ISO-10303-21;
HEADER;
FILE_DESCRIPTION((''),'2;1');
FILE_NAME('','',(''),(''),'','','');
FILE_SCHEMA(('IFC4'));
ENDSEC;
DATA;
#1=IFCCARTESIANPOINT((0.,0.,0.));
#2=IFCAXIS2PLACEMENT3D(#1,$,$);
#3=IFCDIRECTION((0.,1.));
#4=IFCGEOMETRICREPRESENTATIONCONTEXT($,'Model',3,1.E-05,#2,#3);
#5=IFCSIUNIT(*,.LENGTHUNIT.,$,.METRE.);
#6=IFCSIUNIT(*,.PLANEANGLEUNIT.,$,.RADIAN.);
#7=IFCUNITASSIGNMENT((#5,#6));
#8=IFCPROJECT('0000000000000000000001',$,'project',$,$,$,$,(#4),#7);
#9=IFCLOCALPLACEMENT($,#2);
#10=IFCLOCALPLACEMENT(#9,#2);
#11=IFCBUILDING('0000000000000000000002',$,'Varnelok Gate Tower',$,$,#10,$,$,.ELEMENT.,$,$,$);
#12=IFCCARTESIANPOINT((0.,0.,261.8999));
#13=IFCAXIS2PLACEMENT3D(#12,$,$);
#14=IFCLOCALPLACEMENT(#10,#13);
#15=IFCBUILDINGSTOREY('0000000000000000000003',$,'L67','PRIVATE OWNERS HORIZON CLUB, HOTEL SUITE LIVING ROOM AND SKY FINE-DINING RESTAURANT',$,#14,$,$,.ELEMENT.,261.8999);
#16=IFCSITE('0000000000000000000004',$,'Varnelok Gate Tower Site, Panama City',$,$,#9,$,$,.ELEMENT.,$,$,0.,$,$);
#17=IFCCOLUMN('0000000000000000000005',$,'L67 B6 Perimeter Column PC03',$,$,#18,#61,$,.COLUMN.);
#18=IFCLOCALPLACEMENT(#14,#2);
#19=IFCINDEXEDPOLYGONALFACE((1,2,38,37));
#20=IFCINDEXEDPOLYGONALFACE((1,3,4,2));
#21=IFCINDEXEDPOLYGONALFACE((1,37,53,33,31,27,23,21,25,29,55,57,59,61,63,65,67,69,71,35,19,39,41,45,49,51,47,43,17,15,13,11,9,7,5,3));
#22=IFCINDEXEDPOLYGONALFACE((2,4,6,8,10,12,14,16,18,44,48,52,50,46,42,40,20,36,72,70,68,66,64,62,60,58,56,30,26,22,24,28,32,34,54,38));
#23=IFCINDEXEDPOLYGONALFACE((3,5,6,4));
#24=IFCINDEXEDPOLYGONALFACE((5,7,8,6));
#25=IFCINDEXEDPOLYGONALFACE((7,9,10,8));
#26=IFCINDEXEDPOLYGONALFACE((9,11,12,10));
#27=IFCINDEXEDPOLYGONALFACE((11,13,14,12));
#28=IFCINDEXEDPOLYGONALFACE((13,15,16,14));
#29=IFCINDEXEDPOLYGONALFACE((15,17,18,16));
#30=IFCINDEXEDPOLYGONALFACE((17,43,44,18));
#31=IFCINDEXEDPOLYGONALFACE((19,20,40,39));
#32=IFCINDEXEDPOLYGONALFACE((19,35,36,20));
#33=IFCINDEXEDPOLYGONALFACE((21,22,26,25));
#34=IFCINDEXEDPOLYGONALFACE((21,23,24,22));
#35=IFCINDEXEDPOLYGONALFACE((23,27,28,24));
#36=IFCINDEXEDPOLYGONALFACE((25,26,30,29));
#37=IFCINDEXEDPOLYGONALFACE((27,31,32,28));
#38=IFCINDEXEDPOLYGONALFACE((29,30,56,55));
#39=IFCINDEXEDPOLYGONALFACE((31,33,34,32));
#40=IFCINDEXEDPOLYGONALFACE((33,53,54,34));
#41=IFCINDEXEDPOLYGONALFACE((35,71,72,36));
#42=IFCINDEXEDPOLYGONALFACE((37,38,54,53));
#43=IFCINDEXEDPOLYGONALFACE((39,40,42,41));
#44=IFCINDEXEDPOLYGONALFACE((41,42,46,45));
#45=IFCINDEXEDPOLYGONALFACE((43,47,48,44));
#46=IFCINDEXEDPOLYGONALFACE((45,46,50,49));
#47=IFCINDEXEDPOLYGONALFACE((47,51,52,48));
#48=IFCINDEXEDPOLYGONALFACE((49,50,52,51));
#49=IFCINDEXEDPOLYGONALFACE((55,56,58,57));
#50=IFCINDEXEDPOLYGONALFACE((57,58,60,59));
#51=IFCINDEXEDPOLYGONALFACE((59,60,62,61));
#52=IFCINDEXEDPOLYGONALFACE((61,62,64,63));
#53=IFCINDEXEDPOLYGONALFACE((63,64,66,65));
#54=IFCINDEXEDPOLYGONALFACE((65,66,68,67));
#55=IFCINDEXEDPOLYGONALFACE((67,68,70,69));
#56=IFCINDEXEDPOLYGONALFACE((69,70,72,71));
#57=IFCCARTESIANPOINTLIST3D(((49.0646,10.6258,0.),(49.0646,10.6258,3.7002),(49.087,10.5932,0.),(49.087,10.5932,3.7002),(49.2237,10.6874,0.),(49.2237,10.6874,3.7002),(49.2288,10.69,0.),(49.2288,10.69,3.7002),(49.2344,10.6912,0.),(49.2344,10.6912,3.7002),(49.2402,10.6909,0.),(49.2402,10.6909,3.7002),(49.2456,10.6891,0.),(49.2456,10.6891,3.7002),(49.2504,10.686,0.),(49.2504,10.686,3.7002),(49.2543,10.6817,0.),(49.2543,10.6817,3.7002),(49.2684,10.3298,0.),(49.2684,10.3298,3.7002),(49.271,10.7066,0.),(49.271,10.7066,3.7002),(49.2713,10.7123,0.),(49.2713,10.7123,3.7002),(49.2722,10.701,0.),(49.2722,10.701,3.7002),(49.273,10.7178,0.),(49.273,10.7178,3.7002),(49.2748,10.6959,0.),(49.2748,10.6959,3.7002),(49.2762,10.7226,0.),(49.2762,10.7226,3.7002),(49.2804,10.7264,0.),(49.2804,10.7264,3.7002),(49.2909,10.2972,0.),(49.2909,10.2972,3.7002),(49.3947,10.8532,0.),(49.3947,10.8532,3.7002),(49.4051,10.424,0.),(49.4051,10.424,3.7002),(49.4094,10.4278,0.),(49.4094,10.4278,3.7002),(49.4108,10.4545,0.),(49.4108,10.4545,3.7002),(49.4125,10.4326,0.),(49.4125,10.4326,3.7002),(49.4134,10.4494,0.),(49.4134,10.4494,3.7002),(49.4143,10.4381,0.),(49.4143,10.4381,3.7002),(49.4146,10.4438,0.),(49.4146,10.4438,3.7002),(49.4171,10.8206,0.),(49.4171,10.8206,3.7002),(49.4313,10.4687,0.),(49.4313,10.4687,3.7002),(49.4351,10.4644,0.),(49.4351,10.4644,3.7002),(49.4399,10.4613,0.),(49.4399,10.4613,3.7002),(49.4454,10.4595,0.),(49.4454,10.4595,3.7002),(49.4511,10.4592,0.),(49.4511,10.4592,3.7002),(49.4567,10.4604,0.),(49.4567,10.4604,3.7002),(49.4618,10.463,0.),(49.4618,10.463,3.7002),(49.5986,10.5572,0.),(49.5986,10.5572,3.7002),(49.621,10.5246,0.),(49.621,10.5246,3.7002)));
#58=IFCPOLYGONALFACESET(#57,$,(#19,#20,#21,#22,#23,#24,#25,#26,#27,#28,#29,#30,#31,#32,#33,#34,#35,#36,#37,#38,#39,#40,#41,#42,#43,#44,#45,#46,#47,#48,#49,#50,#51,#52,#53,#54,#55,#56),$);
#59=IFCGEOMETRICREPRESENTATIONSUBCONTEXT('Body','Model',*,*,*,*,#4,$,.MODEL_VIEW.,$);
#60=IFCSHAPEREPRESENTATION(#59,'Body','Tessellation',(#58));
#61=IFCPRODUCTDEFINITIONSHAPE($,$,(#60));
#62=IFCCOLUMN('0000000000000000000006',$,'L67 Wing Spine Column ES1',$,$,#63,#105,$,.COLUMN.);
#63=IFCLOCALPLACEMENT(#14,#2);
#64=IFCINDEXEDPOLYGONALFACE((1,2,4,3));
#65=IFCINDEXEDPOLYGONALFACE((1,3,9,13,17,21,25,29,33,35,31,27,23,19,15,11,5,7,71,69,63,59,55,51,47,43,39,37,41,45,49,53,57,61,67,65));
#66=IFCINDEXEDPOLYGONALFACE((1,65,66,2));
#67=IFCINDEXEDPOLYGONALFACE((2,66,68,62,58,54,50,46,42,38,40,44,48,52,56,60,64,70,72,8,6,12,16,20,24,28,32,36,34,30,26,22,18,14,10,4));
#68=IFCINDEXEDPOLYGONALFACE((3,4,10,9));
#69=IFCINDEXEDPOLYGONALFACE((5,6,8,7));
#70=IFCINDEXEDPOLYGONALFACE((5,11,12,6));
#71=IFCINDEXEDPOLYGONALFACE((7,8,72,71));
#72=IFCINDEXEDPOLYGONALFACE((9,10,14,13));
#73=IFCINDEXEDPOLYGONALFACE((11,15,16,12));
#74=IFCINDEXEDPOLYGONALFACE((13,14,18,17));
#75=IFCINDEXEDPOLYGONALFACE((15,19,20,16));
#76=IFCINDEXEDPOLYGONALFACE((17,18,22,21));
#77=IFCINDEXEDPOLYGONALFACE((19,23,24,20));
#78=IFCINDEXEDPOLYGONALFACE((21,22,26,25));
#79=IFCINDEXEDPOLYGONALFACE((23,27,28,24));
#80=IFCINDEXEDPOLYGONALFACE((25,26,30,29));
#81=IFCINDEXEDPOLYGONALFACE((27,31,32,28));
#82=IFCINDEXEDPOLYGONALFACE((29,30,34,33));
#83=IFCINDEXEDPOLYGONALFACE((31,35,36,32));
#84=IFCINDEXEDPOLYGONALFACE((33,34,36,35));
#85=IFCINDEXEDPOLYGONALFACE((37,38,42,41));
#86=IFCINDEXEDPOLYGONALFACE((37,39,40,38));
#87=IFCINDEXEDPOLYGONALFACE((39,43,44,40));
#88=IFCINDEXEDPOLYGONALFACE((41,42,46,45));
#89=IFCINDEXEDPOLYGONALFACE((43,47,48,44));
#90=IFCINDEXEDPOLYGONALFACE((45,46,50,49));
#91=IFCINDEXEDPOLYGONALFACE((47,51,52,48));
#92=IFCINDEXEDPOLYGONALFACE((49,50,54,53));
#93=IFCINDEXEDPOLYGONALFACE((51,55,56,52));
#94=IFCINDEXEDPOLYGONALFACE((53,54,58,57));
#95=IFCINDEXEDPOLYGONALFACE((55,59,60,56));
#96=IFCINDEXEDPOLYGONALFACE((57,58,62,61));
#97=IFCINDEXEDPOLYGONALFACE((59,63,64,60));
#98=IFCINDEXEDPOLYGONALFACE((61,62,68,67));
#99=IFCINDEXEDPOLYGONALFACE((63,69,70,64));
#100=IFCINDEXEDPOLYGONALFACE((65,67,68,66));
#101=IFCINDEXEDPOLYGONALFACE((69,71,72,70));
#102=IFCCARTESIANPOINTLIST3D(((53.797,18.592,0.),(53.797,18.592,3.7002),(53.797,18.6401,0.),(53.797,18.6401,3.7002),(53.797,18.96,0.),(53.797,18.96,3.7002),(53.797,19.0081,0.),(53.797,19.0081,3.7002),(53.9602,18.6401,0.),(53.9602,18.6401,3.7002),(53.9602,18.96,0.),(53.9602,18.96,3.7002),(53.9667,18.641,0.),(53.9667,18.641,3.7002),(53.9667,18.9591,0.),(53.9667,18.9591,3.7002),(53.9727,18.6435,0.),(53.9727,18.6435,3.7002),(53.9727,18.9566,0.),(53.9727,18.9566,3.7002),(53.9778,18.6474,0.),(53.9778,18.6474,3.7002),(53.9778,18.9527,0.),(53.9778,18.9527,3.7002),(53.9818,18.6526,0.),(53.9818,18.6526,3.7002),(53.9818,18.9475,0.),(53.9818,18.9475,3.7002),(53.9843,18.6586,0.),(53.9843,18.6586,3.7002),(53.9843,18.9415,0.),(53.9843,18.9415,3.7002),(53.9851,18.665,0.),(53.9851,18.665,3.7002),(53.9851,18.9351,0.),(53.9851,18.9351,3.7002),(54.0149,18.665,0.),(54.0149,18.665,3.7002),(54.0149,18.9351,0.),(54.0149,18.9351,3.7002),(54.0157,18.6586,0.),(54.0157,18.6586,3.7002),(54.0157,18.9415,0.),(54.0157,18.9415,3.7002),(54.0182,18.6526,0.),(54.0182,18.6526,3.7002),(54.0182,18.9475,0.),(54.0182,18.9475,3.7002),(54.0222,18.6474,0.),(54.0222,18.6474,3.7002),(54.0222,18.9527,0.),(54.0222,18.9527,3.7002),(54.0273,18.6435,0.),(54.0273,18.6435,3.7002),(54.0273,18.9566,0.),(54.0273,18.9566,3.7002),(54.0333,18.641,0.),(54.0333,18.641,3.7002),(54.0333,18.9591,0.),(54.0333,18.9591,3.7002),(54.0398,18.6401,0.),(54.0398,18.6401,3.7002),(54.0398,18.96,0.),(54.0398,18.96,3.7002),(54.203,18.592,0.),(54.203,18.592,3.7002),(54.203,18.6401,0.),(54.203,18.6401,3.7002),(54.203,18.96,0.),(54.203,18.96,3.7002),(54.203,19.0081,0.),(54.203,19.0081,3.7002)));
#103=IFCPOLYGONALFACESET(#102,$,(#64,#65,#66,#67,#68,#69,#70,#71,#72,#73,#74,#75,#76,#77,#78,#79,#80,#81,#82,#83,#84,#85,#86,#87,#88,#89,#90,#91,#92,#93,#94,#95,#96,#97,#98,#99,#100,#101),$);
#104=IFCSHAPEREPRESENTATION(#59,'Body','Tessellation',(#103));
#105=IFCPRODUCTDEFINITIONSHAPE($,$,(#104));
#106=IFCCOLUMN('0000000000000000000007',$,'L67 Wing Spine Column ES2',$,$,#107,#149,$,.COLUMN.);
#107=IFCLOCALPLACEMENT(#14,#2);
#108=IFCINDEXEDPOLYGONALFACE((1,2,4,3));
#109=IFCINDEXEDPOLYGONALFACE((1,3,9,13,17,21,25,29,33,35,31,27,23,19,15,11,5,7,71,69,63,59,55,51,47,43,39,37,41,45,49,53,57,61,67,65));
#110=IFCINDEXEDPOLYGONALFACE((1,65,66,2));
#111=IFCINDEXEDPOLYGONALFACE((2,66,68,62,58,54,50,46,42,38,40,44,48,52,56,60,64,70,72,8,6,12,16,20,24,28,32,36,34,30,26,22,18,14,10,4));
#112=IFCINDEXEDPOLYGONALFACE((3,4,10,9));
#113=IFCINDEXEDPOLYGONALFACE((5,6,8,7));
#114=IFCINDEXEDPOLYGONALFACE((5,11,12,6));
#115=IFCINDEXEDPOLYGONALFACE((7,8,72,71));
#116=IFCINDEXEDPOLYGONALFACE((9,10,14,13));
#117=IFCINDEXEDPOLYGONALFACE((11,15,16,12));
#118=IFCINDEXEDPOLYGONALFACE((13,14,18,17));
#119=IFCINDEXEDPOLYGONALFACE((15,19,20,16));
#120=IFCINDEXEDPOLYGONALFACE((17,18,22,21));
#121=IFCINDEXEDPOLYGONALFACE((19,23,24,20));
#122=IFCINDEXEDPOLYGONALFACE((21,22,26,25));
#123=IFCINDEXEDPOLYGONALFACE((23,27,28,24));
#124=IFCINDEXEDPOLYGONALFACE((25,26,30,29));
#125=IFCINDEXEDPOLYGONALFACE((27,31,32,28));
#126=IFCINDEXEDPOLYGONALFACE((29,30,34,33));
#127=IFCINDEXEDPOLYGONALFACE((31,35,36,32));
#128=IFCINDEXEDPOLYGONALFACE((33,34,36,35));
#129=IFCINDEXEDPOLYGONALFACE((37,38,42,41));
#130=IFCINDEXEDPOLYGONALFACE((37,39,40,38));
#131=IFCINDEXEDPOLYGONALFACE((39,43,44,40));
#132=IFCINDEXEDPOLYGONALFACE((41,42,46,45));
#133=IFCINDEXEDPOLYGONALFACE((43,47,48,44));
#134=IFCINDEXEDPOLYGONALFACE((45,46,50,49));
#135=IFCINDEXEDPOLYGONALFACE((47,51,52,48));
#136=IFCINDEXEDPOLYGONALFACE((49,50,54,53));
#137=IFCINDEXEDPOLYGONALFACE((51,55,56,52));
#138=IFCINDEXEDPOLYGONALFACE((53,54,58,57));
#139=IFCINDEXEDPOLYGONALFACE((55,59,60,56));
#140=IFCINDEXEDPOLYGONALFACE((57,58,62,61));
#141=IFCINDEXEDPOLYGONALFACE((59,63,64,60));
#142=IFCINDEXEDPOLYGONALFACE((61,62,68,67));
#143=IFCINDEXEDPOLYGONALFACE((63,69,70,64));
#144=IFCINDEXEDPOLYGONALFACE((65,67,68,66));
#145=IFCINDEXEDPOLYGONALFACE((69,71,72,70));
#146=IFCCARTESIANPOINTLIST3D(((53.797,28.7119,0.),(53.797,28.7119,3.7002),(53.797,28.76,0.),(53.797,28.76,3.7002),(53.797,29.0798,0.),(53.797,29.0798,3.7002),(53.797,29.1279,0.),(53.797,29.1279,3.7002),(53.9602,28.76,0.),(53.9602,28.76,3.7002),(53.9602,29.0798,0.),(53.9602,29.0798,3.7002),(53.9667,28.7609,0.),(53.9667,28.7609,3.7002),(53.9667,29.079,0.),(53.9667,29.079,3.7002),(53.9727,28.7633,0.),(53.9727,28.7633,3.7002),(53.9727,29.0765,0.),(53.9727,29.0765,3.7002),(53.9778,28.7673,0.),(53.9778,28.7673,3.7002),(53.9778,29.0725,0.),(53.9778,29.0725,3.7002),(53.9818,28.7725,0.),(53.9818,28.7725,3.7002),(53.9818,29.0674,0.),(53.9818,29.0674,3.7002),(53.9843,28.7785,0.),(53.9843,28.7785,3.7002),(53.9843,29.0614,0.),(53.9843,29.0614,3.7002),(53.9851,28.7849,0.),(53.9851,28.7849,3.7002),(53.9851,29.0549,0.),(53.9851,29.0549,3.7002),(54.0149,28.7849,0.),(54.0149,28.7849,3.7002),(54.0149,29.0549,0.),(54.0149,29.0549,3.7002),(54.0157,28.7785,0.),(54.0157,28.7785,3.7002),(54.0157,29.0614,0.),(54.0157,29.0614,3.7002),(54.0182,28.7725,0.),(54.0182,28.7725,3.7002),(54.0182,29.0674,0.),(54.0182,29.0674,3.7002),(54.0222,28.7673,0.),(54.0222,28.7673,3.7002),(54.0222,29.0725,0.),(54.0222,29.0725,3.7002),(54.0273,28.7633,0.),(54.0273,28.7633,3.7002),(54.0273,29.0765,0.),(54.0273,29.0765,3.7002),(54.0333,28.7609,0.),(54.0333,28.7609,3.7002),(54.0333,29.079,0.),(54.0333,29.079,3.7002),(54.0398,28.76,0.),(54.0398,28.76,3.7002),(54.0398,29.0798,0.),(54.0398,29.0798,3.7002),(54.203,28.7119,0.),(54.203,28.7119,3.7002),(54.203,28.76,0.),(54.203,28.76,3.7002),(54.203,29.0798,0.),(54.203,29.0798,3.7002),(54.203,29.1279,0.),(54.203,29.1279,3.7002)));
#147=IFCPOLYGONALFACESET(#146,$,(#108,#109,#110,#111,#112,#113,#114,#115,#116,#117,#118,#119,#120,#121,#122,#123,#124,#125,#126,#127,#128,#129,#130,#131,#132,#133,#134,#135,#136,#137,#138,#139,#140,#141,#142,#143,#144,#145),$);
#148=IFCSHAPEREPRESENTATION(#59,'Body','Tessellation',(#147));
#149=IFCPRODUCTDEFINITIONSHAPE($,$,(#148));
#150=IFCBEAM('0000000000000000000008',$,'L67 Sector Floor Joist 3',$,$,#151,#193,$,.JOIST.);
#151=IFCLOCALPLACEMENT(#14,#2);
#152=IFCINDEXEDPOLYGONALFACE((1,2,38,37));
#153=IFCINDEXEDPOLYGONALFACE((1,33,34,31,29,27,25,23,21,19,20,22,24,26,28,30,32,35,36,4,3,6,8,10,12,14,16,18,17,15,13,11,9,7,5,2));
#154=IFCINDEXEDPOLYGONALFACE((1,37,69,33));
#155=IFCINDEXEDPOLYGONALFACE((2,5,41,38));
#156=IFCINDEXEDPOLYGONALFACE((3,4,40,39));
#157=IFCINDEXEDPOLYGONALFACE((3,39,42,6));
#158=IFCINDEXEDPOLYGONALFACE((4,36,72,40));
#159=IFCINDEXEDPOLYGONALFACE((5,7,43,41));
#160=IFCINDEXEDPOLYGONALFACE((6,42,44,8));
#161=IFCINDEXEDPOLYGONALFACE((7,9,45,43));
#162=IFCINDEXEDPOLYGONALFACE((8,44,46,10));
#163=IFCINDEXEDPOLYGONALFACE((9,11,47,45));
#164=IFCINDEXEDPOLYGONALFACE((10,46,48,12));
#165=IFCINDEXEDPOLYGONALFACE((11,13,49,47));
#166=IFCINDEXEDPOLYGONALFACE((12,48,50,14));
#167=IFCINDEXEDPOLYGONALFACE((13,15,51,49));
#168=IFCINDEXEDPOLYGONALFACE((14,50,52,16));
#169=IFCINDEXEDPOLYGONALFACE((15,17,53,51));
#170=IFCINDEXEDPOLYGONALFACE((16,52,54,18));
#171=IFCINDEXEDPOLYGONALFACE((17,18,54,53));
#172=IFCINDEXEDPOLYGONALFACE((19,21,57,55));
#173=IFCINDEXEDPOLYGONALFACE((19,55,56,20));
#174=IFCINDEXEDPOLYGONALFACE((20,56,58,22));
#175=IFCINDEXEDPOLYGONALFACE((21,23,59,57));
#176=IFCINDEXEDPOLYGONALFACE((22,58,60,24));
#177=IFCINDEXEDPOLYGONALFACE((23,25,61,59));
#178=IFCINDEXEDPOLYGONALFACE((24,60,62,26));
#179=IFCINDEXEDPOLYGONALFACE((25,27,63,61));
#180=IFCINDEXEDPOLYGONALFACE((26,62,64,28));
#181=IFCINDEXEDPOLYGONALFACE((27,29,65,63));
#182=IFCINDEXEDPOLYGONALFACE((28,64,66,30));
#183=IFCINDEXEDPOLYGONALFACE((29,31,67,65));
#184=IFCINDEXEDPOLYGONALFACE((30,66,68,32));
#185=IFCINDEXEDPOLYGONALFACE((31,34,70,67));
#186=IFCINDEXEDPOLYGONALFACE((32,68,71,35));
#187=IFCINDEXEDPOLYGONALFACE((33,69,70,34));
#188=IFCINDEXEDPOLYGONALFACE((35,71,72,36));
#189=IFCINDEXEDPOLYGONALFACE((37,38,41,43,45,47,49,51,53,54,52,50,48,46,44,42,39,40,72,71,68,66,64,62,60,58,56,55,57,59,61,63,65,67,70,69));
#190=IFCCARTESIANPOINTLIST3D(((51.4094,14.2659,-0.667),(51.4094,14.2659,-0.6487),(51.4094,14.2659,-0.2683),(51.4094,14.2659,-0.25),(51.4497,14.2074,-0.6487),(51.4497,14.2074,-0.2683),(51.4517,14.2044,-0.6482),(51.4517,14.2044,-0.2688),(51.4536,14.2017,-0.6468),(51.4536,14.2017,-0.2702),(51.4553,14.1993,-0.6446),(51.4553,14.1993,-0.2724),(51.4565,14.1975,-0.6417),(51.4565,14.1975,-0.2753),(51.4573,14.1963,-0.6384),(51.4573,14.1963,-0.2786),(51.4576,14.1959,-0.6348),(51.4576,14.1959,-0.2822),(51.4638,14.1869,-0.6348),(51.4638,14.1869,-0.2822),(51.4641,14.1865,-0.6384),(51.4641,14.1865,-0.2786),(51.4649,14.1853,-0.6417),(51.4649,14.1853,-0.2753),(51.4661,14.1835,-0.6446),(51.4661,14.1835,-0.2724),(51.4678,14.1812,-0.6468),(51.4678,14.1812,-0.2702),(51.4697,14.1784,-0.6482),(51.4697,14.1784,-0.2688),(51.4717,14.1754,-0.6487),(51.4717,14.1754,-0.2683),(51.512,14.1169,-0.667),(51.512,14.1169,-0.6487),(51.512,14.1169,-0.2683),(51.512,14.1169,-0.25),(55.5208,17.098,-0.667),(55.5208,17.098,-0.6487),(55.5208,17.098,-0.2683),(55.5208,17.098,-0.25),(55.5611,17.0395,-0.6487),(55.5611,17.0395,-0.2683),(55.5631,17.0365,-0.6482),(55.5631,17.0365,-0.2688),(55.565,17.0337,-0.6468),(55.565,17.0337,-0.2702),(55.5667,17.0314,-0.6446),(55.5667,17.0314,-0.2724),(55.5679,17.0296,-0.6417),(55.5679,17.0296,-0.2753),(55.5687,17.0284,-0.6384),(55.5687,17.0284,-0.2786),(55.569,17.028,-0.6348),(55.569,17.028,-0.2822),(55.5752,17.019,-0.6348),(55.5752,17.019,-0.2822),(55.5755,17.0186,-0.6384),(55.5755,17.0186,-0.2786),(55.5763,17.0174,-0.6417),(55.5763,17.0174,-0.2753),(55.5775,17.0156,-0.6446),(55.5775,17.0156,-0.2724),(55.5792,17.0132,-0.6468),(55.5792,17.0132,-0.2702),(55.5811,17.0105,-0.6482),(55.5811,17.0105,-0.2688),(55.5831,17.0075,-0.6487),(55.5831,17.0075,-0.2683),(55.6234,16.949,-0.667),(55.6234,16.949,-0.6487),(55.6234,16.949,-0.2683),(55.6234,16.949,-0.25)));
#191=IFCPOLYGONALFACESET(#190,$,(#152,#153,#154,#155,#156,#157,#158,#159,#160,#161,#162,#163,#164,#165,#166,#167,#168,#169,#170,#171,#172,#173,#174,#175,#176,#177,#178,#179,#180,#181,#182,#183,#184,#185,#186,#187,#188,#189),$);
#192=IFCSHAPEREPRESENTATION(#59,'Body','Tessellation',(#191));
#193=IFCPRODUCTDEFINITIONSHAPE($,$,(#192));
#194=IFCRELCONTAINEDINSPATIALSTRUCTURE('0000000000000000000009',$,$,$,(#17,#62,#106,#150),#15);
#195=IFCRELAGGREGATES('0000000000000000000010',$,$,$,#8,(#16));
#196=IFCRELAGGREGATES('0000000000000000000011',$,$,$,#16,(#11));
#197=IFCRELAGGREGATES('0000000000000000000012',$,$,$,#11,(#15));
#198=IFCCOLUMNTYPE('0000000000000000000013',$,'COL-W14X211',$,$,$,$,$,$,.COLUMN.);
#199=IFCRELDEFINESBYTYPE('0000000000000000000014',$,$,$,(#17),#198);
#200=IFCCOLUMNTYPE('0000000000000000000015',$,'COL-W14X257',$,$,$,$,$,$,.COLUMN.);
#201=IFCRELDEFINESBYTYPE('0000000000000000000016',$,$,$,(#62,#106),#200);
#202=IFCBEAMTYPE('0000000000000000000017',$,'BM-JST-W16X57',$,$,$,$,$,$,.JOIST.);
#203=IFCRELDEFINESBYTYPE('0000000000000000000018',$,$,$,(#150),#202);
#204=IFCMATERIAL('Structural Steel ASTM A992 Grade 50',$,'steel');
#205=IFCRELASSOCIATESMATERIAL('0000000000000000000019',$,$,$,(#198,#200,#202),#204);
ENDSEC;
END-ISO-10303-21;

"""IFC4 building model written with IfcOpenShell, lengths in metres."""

from ifc_helpers import new_model, si_unit, direction, frame, origin, origin_2d, place, context, subcontext, project, spatial, i_section, extrude, material, material_profile, profile_set, type_object, element, save


model = new_model("IFC4")

# Units and contexts
model_context = context("Model", 3, precision=1e-05, world=origin(), true_north=direction((0.0, 1.0)))
body_context = subcontext(model_context, "Body", "Model", "MODEL_VIEW")
ifc_project = project(units=[si_unit("LENGTHUNIT", "METRE"), si_unit("PLANEANGLEUNIT", "RADIAN")], contexts=[model_context])

# Site, building, storey
site_placement = place(None, origin())
site = spatial("IfcSite", under=ifc_project, at=site_placement, Name="Varnelok Gate Tower Site, Panama City", CompositionType="ELEMENT", RefElevation=0.0)
building_placement = place(site_placement, origin())
building = spatial("IfcBuilding", under=site, at=building_placement, Name="Varnelok Gate Tower", CompositionType="ELEMENT")
storey_placement = place(building_placement, frame((0.0, 0.0, 261.8999)))
storey = spatial("IfcBuildingStorey", under=building, at=storey_placement, Name="L67", Description="PRIVATE OWNERS HORIZON CLUB, HOTEL SUITE LIVING ROOM AND SKY FINE-DINING RESTAURANT", CompositionType="ELEMENT", Elevation=261.8999)

# Columns
ifc_material_1 = material(Name="Structural Steel ASTM A992 Grade 50", Category="steel")
ifc_material_profile_1 = material_profile(ifc_material_1, i_section(OverallWidth=0.4009, OverallDepth=0.3989, WebThickness=0.0249, FlangeThickness=0.0396, FilletRadius=0.022, at=origin_2d()), Name="W14X211")
ifc_profile_set_1 = profile_set([ifc_material_profile_1], Name="Structural Steel ASTM A992 Grade 50")
column_type_1 = type_object("IfcColumnType", Name="COL-W14X211", PredefinedType="COLUMN", material=ifc_profile_set_1)
column_placement = place(storey_placement, frame((49.3428, 10.5752, 0.0), z_axis=(0.0, 0.0, 1.0), x_axis=(0.823533, 0.567269, 0.0)))
element("IfcColumn", 1, at=column_placement, inside=storey, type_object=column_type_1, Name="L67 B6 Perimeter Column PC03", PredefinedType="COLUMN", context=body_context, shape_type="SweptSolid", body=[
    extrude(i_section(OverallWidth=0.4009, OverallDepth=0.3989, WebThickness=0.0249, FlangeThickness=0.0396, FilletRadius=0.022, at=origin_2d()), origin(), (0.0, 0.0, 1.0), 3.7002),
])
ifc_material_profile_2 = material_profile(ifc_material_1, i_section(OverallWidth=0.406, OverallDepth=0.416, WebThickness=0.0298, FlangeThickness=0.0481, FilletRadius=0.0249, at=origin_2d()), Name="W14X257")
ifc_profile_set_2 = profile_set([ifc_material_profile_2], Name="Structural Steel ASTM A992 Grade 50")
column_type_2 = type_object("IfcColumnType", Name="COL-W14X257", PredefinedType="COLUMN", material=ifc_profile_set_2)
for number, where, z_axis, x_axis, name in (
    (2, (54.0, 18.8, 0.0), (0.0, 0.0, 1.0), (1.0, 0.0, 0.0), "L67 Wing Spine Column ES1"),
    (3, (54.0, 28.9199, 0.0), (0.0, 0.0, 1.0), (1.0, 0.0, 0.0), "L67 Wing Spine Column ES2"),
):
    element("IfcColumn", number, at=place(storey_placement, frame(where, z_axis=z_axis, x_axis=x_axis)), inside=storey, type_object=column_type_2, Name=name, PredefinedType="COLUMN", context=body_context, shape_type="SweptSolid", body=[
        extrude(i_section(OverallWidth=0.406, OverallDepth=0.416, WebThickness=0.0298, FlangeThickness=0.0481, FilletRadius=0.0249, at=origin_2d()), origin(), (0.0, 0.0, 1.0), 3.7002),
    ])

# Beam
ifc_material_profile_3 = material_profile(ifc_material_1, i_section(OverallWidth=0.1809, OverallDepth=0.417, WebThickness=0.011, FlangeThickness=0.0183, FilletRadius=0.0139, at=origin_2d()), Name="W16X57")
ifc_profile_set_3 = profile_set([ifc_material_profile_3], Name="Structural Steel ASTM A992 Grade 50")
beam_type_1 = type_object("IfcBeamType", Name="BM-JST-W16X57", PredefinedType="JOIST", material=ifc_profile_set_3)
beam_1_placement = place(storey_placement, frame((51.4607, 14.1914, -0.4585), z_axis=(0.823528, 0.567276, 0.0), x_axis=(-0.567276, 0.823528, 0.0)))
element("IfcBeam", 4, at=beam_1_placement, inside=storey, type_object=beam_type_1, Name="L67 Sector Floor Joist 3", PredefinedType="JOIST", context=body_context, shape_type="SweptSolid", body=[
    extrude(i_section(OverallWidth=0.1809, OverallDepth=0.417, WebThickness=0.011, FlangeThickness=0.0183, FilletRadius=0.0139, at=origin_2d()), origin(), (0.0, 0.0, 1.0), 4.9924),
])

save(model, "model.ifc")
